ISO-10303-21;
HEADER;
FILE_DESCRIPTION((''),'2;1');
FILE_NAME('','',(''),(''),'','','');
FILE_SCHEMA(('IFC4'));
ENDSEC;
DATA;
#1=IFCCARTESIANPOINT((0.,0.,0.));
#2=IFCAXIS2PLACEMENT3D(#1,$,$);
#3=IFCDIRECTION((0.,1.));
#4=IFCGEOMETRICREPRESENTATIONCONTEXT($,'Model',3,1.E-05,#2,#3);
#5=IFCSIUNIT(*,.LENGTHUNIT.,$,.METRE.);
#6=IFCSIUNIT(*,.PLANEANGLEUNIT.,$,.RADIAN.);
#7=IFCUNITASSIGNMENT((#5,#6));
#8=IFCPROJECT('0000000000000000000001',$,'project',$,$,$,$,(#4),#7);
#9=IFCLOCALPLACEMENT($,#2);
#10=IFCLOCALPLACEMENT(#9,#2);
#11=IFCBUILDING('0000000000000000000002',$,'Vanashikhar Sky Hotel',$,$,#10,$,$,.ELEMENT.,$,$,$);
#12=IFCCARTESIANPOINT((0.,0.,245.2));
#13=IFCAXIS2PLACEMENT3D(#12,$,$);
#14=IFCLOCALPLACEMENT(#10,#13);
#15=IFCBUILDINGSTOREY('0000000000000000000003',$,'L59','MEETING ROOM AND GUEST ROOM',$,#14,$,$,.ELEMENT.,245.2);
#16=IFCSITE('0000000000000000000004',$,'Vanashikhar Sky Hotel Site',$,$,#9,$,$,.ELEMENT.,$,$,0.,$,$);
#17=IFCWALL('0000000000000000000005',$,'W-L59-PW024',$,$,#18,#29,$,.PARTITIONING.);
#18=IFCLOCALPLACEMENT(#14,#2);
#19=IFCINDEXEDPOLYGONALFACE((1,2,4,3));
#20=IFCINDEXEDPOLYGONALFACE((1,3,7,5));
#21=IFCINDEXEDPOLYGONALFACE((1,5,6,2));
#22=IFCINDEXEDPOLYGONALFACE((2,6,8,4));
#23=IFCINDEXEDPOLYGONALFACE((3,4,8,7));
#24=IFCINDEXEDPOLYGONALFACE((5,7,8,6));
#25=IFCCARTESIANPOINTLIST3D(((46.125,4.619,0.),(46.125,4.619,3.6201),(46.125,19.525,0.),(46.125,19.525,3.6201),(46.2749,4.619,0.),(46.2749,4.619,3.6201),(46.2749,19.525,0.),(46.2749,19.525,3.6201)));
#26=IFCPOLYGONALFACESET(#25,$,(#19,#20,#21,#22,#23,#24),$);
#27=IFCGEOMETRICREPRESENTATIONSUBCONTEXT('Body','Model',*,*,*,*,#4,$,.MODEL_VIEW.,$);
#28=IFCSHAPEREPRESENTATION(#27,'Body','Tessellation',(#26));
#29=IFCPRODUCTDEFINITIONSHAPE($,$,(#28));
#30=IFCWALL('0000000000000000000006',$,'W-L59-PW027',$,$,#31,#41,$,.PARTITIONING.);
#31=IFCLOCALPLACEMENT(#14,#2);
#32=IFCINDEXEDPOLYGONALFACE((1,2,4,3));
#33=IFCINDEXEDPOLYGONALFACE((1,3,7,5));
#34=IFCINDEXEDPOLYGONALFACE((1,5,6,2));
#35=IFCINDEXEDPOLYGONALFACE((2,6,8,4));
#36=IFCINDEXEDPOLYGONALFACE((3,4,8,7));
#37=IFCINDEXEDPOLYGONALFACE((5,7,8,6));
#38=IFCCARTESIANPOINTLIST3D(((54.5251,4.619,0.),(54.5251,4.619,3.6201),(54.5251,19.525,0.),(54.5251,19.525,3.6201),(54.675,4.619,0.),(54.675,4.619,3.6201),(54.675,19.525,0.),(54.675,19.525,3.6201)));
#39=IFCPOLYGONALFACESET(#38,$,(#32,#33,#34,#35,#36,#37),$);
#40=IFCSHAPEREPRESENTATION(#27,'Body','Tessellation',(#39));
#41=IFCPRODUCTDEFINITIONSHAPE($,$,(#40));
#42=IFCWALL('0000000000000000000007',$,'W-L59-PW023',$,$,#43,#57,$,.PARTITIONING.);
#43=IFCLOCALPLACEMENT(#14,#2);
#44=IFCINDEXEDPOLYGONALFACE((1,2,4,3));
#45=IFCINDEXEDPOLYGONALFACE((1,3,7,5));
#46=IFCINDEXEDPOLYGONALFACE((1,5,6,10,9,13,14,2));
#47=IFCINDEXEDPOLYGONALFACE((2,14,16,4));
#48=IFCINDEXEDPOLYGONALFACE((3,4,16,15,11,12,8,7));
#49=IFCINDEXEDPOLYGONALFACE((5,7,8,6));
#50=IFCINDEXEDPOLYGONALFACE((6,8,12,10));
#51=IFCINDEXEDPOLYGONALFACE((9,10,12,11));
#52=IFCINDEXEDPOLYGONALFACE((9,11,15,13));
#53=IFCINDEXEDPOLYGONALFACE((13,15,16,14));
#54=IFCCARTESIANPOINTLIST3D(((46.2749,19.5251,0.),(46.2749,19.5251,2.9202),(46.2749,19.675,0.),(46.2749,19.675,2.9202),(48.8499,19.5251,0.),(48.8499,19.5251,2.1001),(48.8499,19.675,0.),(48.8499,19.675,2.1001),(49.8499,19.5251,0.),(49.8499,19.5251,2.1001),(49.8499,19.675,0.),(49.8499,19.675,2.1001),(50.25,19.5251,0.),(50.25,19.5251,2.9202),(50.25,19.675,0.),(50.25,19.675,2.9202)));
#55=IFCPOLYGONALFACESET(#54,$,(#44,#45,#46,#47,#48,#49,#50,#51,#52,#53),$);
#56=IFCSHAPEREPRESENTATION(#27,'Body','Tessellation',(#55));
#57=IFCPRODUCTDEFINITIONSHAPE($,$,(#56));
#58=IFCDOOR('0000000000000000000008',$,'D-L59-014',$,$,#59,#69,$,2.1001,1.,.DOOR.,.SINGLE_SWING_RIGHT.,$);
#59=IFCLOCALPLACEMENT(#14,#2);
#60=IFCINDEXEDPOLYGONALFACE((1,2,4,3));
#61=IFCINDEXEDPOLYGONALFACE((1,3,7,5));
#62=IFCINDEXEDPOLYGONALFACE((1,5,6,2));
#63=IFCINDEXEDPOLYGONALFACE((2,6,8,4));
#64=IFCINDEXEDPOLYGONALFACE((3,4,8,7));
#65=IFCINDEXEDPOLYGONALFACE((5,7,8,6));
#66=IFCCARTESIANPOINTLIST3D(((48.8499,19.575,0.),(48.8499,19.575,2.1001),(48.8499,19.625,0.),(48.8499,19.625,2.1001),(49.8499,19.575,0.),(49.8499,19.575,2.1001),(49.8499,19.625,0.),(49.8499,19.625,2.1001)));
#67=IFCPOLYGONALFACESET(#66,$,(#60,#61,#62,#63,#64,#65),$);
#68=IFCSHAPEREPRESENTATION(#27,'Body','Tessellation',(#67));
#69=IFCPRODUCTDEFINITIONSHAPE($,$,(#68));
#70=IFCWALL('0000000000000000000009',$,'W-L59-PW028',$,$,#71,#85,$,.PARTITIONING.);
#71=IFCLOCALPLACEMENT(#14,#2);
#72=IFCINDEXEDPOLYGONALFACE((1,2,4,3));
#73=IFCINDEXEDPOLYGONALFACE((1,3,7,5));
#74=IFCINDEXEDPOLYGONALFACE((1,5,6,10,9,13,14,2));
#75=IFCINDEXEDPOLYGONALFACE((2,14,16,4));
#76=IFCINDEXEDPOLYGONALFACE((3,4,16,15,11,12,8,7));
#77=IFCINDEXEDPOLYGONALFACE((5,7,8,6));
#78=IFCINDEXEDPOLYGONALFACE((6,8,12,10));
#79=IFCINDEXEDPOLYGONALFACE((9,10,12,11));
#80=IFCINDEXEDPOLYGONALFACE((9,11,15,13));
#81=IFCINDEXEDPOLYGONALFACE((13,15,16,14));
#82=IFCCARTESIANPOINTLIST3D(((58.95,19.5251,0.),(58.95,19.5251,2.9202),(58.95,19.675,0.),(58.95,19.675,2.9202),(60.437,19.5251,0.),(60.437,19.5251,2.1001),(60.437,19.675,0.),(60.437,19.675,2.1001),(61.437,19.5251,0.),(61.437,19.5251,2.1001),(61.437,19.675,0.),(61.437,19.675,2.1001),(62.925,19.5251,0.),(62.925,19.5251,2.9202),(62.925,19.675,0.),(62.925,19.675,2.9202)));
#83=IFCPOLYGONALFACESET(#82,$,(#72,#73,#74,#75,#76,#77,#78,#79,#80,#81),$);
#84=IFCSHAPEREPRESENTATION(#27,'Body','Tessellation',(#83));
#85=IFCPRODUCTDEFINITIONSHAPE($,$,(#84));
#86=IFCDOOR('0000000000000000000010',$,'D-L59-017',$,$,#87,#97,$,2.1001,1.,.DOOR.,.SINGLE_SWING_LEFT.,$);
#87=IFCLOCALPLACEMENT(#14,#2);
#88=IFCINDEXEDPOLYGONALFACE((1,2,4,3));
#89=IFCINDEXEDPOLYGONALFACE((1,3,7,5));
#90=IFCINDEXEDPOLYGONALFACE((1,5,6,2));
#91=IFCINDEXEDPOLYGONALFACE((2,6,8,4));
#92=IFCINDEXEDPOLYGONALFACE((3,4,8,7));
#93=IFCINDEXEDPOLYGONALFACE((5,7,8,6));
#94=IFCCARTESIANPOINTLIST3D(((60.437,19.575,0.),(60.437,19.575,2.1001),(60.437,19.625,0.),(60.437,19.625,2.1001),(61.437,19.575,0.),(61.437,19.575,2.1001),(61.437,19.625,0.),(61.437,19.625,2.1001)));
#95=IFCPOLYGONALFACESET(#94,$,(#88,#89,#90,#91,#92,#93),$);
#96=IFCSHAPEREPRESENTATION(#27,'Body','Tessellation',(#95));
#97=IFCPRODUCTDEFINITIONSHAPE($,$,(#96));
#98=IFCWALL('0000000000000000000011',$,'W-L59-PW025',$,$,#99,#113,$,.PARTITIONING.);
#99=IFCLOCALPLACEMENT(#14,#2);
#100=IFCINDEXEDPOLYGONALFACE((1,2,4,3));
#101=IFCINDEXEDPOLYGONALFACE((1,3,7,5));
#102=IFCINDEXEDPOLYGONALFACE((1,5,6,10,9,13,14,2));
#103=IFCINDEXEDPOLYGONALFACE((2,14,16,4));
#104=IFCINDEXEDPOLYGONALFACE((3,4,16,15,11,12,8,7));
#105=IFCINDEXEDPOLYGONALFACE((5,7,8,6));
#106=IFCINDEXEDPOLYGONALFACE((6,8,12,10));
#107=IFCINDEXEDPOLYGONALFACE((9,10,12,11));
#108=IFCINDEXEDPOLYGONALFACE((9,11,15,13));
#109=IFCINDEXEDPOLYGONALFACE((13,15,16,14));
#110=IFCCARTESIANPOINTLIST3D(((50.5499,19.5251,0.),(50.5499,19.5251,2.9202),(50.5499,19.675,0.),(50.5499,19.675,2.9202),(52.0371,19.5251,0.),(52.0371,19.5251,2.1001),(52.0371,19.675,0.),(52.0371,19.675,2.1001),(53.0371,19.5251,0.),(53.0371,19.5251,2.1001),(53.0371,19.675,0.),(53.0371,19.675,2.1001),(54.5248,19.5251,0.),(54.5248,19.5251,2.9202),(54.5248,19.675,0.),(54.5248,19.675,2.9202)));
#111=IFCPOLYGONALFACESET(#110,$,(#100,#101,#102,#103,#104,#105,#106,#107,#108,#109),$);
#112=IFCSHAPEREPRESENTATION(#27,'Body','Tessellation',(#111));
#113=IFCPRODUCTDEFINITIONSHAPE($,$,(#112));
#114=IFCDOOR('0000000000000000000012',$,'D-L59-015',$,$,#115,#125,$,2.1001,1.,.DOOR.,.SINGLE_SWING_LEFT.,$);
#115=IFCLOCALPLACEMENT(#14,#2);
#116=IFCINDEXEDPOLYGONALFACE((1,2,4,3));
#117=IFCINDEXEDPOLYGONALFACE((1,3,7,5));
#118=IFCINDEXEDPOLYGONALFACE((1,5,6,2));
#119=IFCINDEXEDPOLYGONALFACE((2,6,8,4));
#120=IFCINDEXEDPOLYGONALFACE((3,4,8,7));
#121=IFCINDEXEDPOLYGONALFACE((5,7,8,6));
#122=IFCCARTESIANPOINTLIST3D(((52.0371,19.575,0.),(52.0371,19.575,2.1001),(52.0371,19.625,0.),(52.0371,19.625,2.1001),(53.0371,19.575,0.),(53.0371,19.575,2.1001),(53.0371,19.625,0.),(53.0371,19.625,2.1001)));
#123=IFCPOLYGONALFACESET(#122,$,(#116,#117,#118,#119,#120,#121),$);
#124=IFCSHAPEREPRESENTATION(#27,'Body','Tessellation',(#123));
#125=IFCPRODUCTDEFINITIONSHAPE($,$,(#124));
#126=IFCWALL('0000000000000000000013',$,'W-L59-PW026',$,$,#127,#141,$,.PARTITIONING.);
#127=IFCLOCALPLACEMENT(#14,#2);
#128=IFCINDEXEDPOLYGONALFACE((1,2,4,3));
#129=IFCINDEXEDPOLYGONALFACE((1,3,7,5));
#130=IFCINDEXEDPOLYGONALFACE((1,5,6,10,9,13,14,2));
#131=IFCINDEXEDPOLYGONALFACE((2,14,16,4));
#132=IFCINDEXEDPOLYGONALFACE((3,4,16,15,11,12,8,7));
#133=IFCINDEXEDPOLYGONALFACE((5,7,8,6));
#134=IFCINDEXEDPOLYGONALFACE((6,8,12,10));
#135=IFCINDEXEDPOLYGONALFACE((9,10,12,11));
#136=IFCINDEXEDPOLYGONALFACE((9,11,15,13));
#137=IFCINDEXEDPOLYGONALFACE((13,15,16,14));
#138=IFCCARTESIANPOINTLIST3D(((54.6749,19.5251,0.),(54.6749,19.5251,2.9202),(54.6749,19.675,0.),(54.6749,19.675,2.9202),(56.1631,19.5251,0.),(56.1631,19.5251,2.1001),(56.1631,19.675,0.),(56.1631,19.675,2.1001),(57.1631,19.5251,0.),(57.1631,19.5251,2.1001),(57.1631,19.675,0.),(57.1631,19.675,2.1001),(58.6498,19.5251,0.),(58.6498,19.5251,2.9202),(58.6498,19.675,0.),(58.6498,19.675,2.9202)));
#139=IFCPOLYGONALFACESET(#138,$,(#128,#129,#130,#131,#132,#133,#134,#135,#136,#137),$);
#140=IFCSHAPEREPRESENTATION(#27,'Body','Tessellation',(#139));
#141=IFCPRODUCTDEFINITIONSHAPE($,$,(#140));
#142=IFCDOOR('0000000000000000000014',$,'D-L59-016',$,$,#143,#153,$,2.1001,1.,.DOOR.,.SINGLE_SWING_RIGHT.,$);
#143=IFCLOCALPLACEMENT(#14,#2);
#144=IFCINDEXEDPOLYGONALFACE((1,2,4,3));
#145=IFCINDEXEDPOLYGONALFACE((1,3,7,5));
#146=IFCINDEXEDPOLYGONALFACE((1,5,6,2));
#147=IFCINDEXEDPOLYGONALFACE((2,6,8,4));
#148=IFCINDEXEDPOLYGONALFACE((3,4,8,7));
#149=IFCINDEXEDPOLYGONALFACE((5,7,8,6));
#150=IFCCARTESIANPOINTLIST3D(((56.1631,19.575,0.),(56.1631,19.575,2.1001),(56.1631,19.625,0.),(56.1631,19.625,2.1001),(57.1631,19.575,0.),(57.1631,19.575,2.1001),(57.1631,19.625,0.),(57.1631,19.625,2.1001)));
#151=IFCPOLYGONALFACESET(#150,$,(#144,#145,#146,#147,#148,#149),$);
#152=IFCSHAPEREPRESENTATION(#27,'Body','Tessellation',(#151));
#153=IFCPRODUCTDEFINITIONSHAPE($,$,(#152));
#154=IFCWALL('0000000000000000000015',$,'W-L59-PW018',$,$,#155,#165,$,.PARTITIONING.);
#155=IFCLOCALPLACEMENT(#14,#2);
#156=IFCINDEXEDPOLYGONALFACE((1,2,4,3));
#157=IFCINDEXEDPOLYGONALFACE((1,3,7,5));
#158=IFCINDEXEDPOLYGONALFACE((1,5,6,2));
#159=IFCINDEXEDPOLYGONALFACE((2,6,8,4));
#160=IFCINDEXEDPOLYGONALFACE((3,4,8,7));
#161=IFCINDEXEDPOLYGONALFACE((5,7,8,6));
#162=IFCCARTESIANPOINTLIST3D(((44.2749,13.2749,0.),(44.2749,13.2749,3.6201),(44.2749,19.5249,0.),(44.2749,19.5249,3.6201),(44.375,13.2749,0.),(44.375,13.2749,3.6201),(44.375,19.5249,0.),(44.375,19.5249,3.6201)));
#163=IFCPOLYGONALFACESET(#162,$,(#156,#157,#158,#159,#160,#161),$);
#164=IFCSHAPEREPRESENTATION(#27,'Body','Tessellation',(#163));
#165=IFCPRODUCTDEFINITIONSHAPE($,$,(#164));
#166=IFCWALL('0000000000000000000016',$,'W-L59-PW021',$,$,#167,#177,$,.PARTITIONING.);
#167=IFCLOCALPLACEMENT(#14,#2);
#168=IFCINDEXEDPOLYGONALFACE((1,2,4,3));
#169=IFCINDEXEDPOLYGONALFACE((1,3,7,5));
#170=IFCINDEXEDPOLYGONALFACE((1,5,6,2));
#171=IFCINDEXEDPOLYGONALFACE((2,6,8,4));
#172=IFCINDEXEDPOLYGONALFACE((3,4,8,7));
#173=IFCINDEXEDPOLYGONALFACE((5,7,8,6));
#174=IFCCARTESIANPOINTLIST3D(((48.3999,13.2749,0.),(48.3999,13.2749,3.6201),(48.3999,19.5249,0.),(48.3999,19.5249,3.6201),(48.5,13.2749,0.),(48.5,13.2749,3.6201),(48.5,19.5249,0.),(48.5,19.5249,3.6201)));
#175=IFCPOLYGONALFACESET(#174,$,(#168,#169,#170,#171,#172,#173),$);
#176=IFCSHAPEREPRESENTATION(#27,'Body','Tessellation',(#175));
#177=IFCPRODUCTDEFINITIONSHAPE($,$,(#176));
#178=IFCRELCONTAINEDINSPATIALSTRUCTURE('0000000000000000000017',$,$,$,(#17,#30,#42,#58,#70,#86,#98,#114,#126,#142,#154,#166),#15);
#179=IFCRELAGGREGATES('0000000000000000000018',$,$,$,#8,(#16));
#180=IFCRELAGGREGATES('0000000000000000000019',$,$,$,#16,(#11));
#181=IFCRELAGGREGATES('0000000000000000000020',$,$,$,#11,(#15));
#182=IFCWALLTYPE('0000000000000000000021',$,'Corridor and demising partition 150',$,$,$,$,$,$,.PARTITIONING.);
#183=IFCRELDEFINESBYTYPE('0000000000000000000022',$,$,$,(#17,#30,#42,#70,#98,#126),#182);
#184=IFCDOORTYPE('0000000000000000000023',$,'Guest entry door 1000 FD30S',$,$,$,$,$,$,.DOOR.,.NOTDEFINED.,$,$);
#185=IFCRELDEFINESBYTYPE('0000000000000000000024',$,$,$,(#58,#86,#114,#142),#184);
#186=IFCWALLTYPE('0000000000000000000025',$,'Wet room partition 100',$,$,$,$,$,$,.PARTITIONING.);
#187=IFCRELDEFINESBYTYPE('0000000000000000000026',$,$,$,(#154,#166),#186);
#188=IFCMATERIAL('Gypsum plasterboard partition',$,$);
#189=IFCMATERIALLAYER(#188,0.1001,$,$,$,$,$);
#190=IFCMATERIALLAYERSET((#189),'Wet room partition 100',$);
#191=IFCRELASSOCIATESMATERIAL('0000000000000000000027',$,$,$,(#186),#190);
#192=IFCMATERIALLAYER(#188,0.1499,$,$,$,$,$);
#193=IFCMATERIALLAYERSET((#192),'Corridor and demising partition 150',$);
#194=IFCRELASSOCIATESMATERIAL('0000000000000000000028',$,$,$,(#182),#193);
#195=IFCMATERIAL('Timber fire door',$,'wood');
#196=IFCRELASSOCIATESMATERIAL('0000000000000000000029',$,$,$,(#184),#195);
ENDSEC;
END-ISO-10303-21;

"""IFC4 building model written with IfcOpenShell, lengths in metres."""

from ifc_helpers import new_model, si_unit, direction, frame, frame_2d, origin, place, context, subcontext, project, spatial, rectangle, extrude, source, transform, mapped, material, layer, layer_set, type_object, element, fill, save


model = new_model("IFC4")

# Units and contexts
model_context = context("Model", 3, precision=1e-05, world=origin(), true_north=direction((0.0, 1.0)))
body_context = subcontext(model_context, "Body", "Model", "MODEL_VIEW")
ifc_project = project(units=[si_unit("LENGTHUNIT", "METRE"), si_unit("PLANEANGLEUNIT", "RADIAN")], contexts=[model_context])

# Site, building, storey
site_placement = place(None, origin())
site = spatial("IfcSite", under=ifc_project, at=site_placement, Name="Vanashikhar Sky Hotel Site", CompositionType="ELEMENT", RefElevation=0.0)
building_placement = place(site_placement, origin())
building = spatial("IfcBuilding", under=site, at=building_placement, Name="Vanashikhar Sky Hotel", CompositionType="ELEMENT")
storey_placement = place(building_placement, frame((0.0, 0.0, 245.2)))
storey = spatial("IfcBuildingStorey", under=building, at=storey_placement, Name="L59", Description="MEETING ROOM AND GUEST ROOM", CompositionType="ELEMENT", Elevation=245.2)

# Shared definitions
ifc_material_1 = material(Name="Gypsum plasterboard partition")
ifc_layer_1 = layer(ifc_material_1, 0.1001)
ifc_layer_set_1 = layer_set([ifc_layer_1], Name="Wet room partition 100")
wall_type_1 = type_object("IfcWallType", Name="Wet room partition 100", PredefinedType="PARTITIONING", material=ifc_layer_set_1)

# Walls
ifc_layer_2 = layer(ifc_material_1, 0.1499)
ifc_layer_set_2 = layer_set([ifc_layer_2], Name="Corridor and demising partition 150")
wall_type_2 = type_object("IfcWallType", Name="Corridor and demising partition 150", PredefinedType="PARTITIONING", material=ifc_layer_set_2)
shared_shape_1 = source(origin(), body_context, "Body", "SweptSolid", [
    extrude(rectangle(XDim=14.906, YDim=0.1499, at=frame_2d((7.4531, 0.0))), origin(), (0.0, 0.0, 1.0), 3.6201),
])
for number, where, z_axis, x_axis, name in (
    (1, (46.2, 4.6189, 0.0), (0.0, 0.0, 1.0), (0.0, 1.0, 0.0), "W-L59-PW024"),
    (2, (54.6001, 4.6189, 0.0), (0.0, 0.0, 1.0), (0.0, 1.0, 0.0), "W-L59-PW027"),
):
    element("IfcWall", number, at=place(storey_placement, frame(where, z_axis=z_axis, x_axis=x_axis)), inside=storey, type_object=wall_type_2, Name=name, PredefinedType="PARTITIONING", context=body_context, shape_type="MappedRepresentation", body=[
        mapped(shared_shape_1, transform((0.0, 0.0, 0.0), scale=1.0)),
    ])

# Walls, openings, doors
shared_shape_2 = source(origin(), body_context, "Body", "SweptSolid", [
    extrude(rectangle(XDim=3.9751, YDim=0.1499, at=frame_2d((1.9875, 0.0))), origin(), (0.0, 0.0, 1.0), 2.9202),
])
wall_1_placement = place(storey_placement, frame((46.2749, 19.6001, 0.0), z_axis=(0.0, 0.0, 1.0), x_axis=(1.0, 0.0, 0.0)))
wall_1 = element("IfcWall", 3, at=wall_1_placement, inside=storey, type_object=wall_type_2, Name="W-L59-PW023", PredefinedType="PARTITIONING", context=body_context, shape_type="MappedRepresentation", body=[
    mapped(shared_shape_2, transform((0.0, 0.0, 0.0), scale=1.0)),
])
shared_shape_3 = source(origin(), body_context, "Body", "SweptSolid", [
    extrude(rectangle(XDim=1.0, YDim=2.1001, at=frame_2d((0.5, 1.05))), frame((0.0, 0.085, 0.0), z_axis=(0.0, -1.0, 0.0), x_axis=(1.0, 0.0, 0.0)), (0.0, 0.0, 1.0), 0.1699),
])
opening_1_placement = place(wall_1_placement, frame((2.575, 0.0, 0.0)))
opening_1 = element("IfcOpeningElement", 4, at=opening_1_placement, cuts=wall_1, PredefinedType="OPENING", context=body_context, shape_type="MappedRepresentation", body=[
    mapped(shared_shape_3, transform((0.0, 0.0, 0.0), scale=1.0)),
])
ifc_material_2 = material(Name="Timber fire door", Category="wood")
door_type_1 = type_object("IfcDoorType", Name="Guest entry door 1000 FD30S", OperationType="NOTDEFINED", PredefinedType="DOOR", material=ifc_material_2)
shared_shape_4 = source(origin(), body_context, "Body", "SweptSolid", [
    extrude(rectangle(XDim=1.0, YDim=2.1001, at=frame_2d((0.5, 1.05))), frame((0.0, 0.0249, 0.0), z_axis=(0.0, -1.0, 0.0), x_axis=(1.0, 0.0, 0.0)), (0.0, 0.0, 1.0), 0.05),
])
door_1_placement = place(opening_1_placement, origin())
door_1 = element("IfcDoor", 5, at=door_1_placement, inside=storey, type_object=door_type_1, Name="D-L59-014", OperationType="SINGLE_SWING_RIGHT", OverallHeight=2.1001, OverallWidth=1.0, PredefinedType="DOOR", context=body_context, shape_type="MappedRepresentation", body=[
    mapped(shared_shape_4, transform((0.0, 0.0, 0.0), scale=1.0)),
])
fill(opening_1, door_1)
wall_2_placement = place(storey_placement, frame((58.95, 19.6001, 0.0), z_axis=(0.0, 0.0, 1.0), x_axis=(1.0, 0.0, 0.0)))
wall_2 = element("IfcWall", 6, at=wall_2_placement, inside=storey, type_object=wall_type_2, Name="W-L59-PW028", PredefinedType="PARTITIONING", context=body_context, shape_type="MappedRepresentation", body=[
    mapped(shared_shape_2, transform((0.0, 0.0, 0.0), scale=1.0)),
])
opening_2_placement = place(wall_2_placement, frame((1.4871, 0.0, 0.0)))
opening_2 = element("IfcOpeningElement", 7, at=opening_2_placement, cuts=wall_2, PredefinedType="OPENING", context=body_context, shape_type="MappedRepresentation", body=[
    mapped(shared_shape_3, transform((0.0, 0.0, 0.0), scale=1.0)),
])
door_2_placement = place(opening_2_placement, origin())
door_2 = element("IfcDoor", 8, at=door_2_placement, inside=storey, type_object=door_type_1, Name="D-L59-017", OperationType="SINGLE_SWING_LEFT", OverallHeight=2.1001, OverallWidth=1.0, PredefinedType="DOOR", context=body_context, shape_type="MappedRepresentation", body=[
    mapped(shared_shape_4, transform((0.0, 0.0, 0.0), scale=1.0)),
])
fill(opening_2, door_2)
shared_shape_5 = source(origin(), body_context, "Body", "SweptSolid", [
    extrude(rectangle(XDim=3.9749, YDim=0.1499, at=frame_2d((1.9873, 0.0))), origin(), (0.0, 0.0, 1.0), 2.9202),
])
wall_3_placement = place(storey_placement, frame((50.55, 19.6001, 0.0), z_axis=(0.0, 0.0, 1.0), x_axis=(1.0, 0.0, 0.0)))
wall_3 = element("IfcWall", 9, at=wall_3_placement, inside=storey, type_object=wall_type_2, Name="W-L59-PW025", PredefinedType="PARTITIONING", context=body_context, shape_type="MappedRepresentation", body=[
    mapped(shared_shape_5, transform((0.0, 0.0, 0.0), scale=1.0)),
])
opening_3_placement = place(wall_3_placement, frame((1.4871, 0.0, 0.0)))
opening_3 = element("IfcOpeningElement", 10, at=opening_3_placement, cuts=wall_3, PredefinedType="OPENING", context=body_context, shape_type="MappedRepresentation", body=[
    mapped(shared_shape_3, transform((0.0, 0.0, 0.0), scale=1.0)),
])
door_3_placement = place(opening_3_placement, origin())
door_3 = element("IfcDoor", 11, at=door_3_placement, inside=storey, type_object=door_type_1, Name="D-L59-015", OperationType="SINGLE_SWING_LEFT", OverallHeight=2.1001, OverallWidth=1.0, PredefinedType="DOOR", context=body_context, shape_type="MappedRepresentation", body=[
    mapped(shared_shape_4, transform((0.0, 0.0, 0.0), scale=1.0)),
])
fill(opening_3, door_3)
wall_4_placement = place(storey_placement, frame((54.675, 19.6001, 0.0), z_axis=(0.0, 0.0, 1.0), x_axis=(1.0, 0.0, 0.0)))
wall_4 = element("IfcWall", 12, at=wall_4_placement, inside=storey, type_object=wall_type_2, Name="W-L59-PW026", PredefinedType="PARTITIONING", context=body_context, shape_type="MappedRepresentation", body=[
    mapped(shared_shape_5, transform((0.0, 0.0, 0.0), scale=1.0)),
])
opening_4_placement = place(wall_4_placement, frame((1.488, 0.0, 0.0)))
opening_4 = element("IfcOpeningElement", 13, at=opening_4_placement, cuts=wall_4, PredefinedType="OPENING", context=body_context, shape_type="MappedRepresentation", body=[
    mapped(shared_shape_3, transform((0.0, 0.0, 0.0), scale=1.0)),
])
door_4_placement = place(opening_4_placement, origin())
door_4 = element("IfcDoor", 14, at=door_4_placement, inside=storey, type_object=door_type_1, Name="D-L59-016", OperationType="SINGLE_SWING_RIGHT", OverallHeight=2.1001, OverallWidth=1.0, PredefinedType="DOOR", context=body_context, shape_type="MappedRepresentation", body=[
    mapped(shared_shape_4, transform((0.0, 0.0, 0.0), scale=1.0)),
])
fill(opening_4, door_4)

# Walls
shared_shape_6 = source(origin(), body_context, "Body", "SweptSolid", [
    extrude(rectangle(XDim=6.25, YDim=0.1001, at=frame_2d((3.125, 0.0))), origin(), (0.0, 0.0, 1.0), 3.6201),
])
for number, where, z_axis, x_axis, name in (
    (15, (44.325, 13.2749, 0.0), (0.0, 0.0, 1.0), (0.0, 1.0, 0.0), "W-L59-PW018"),
    (16, (48.45, 13.2749, 0.0), (0.0, 0.0, 1.0), (0.0, 1.0, 0.0), "W-L59-PW021"),
):
    element("IfcWall", number, at=place(storey_placement, frame(where, z_axis=z_axis, x_axis=x_axis)), inside=storey, type_object=wall_type_1, Name=name, PredefinedType="PARTITIONING", context=body_context, shape_type="MappedRepresentation", body=[
        mapped(shared_shape_6, transform((0.0, 0.0, 0.0), scale=1.0)),
    ])

save(model, "model.ifc")
